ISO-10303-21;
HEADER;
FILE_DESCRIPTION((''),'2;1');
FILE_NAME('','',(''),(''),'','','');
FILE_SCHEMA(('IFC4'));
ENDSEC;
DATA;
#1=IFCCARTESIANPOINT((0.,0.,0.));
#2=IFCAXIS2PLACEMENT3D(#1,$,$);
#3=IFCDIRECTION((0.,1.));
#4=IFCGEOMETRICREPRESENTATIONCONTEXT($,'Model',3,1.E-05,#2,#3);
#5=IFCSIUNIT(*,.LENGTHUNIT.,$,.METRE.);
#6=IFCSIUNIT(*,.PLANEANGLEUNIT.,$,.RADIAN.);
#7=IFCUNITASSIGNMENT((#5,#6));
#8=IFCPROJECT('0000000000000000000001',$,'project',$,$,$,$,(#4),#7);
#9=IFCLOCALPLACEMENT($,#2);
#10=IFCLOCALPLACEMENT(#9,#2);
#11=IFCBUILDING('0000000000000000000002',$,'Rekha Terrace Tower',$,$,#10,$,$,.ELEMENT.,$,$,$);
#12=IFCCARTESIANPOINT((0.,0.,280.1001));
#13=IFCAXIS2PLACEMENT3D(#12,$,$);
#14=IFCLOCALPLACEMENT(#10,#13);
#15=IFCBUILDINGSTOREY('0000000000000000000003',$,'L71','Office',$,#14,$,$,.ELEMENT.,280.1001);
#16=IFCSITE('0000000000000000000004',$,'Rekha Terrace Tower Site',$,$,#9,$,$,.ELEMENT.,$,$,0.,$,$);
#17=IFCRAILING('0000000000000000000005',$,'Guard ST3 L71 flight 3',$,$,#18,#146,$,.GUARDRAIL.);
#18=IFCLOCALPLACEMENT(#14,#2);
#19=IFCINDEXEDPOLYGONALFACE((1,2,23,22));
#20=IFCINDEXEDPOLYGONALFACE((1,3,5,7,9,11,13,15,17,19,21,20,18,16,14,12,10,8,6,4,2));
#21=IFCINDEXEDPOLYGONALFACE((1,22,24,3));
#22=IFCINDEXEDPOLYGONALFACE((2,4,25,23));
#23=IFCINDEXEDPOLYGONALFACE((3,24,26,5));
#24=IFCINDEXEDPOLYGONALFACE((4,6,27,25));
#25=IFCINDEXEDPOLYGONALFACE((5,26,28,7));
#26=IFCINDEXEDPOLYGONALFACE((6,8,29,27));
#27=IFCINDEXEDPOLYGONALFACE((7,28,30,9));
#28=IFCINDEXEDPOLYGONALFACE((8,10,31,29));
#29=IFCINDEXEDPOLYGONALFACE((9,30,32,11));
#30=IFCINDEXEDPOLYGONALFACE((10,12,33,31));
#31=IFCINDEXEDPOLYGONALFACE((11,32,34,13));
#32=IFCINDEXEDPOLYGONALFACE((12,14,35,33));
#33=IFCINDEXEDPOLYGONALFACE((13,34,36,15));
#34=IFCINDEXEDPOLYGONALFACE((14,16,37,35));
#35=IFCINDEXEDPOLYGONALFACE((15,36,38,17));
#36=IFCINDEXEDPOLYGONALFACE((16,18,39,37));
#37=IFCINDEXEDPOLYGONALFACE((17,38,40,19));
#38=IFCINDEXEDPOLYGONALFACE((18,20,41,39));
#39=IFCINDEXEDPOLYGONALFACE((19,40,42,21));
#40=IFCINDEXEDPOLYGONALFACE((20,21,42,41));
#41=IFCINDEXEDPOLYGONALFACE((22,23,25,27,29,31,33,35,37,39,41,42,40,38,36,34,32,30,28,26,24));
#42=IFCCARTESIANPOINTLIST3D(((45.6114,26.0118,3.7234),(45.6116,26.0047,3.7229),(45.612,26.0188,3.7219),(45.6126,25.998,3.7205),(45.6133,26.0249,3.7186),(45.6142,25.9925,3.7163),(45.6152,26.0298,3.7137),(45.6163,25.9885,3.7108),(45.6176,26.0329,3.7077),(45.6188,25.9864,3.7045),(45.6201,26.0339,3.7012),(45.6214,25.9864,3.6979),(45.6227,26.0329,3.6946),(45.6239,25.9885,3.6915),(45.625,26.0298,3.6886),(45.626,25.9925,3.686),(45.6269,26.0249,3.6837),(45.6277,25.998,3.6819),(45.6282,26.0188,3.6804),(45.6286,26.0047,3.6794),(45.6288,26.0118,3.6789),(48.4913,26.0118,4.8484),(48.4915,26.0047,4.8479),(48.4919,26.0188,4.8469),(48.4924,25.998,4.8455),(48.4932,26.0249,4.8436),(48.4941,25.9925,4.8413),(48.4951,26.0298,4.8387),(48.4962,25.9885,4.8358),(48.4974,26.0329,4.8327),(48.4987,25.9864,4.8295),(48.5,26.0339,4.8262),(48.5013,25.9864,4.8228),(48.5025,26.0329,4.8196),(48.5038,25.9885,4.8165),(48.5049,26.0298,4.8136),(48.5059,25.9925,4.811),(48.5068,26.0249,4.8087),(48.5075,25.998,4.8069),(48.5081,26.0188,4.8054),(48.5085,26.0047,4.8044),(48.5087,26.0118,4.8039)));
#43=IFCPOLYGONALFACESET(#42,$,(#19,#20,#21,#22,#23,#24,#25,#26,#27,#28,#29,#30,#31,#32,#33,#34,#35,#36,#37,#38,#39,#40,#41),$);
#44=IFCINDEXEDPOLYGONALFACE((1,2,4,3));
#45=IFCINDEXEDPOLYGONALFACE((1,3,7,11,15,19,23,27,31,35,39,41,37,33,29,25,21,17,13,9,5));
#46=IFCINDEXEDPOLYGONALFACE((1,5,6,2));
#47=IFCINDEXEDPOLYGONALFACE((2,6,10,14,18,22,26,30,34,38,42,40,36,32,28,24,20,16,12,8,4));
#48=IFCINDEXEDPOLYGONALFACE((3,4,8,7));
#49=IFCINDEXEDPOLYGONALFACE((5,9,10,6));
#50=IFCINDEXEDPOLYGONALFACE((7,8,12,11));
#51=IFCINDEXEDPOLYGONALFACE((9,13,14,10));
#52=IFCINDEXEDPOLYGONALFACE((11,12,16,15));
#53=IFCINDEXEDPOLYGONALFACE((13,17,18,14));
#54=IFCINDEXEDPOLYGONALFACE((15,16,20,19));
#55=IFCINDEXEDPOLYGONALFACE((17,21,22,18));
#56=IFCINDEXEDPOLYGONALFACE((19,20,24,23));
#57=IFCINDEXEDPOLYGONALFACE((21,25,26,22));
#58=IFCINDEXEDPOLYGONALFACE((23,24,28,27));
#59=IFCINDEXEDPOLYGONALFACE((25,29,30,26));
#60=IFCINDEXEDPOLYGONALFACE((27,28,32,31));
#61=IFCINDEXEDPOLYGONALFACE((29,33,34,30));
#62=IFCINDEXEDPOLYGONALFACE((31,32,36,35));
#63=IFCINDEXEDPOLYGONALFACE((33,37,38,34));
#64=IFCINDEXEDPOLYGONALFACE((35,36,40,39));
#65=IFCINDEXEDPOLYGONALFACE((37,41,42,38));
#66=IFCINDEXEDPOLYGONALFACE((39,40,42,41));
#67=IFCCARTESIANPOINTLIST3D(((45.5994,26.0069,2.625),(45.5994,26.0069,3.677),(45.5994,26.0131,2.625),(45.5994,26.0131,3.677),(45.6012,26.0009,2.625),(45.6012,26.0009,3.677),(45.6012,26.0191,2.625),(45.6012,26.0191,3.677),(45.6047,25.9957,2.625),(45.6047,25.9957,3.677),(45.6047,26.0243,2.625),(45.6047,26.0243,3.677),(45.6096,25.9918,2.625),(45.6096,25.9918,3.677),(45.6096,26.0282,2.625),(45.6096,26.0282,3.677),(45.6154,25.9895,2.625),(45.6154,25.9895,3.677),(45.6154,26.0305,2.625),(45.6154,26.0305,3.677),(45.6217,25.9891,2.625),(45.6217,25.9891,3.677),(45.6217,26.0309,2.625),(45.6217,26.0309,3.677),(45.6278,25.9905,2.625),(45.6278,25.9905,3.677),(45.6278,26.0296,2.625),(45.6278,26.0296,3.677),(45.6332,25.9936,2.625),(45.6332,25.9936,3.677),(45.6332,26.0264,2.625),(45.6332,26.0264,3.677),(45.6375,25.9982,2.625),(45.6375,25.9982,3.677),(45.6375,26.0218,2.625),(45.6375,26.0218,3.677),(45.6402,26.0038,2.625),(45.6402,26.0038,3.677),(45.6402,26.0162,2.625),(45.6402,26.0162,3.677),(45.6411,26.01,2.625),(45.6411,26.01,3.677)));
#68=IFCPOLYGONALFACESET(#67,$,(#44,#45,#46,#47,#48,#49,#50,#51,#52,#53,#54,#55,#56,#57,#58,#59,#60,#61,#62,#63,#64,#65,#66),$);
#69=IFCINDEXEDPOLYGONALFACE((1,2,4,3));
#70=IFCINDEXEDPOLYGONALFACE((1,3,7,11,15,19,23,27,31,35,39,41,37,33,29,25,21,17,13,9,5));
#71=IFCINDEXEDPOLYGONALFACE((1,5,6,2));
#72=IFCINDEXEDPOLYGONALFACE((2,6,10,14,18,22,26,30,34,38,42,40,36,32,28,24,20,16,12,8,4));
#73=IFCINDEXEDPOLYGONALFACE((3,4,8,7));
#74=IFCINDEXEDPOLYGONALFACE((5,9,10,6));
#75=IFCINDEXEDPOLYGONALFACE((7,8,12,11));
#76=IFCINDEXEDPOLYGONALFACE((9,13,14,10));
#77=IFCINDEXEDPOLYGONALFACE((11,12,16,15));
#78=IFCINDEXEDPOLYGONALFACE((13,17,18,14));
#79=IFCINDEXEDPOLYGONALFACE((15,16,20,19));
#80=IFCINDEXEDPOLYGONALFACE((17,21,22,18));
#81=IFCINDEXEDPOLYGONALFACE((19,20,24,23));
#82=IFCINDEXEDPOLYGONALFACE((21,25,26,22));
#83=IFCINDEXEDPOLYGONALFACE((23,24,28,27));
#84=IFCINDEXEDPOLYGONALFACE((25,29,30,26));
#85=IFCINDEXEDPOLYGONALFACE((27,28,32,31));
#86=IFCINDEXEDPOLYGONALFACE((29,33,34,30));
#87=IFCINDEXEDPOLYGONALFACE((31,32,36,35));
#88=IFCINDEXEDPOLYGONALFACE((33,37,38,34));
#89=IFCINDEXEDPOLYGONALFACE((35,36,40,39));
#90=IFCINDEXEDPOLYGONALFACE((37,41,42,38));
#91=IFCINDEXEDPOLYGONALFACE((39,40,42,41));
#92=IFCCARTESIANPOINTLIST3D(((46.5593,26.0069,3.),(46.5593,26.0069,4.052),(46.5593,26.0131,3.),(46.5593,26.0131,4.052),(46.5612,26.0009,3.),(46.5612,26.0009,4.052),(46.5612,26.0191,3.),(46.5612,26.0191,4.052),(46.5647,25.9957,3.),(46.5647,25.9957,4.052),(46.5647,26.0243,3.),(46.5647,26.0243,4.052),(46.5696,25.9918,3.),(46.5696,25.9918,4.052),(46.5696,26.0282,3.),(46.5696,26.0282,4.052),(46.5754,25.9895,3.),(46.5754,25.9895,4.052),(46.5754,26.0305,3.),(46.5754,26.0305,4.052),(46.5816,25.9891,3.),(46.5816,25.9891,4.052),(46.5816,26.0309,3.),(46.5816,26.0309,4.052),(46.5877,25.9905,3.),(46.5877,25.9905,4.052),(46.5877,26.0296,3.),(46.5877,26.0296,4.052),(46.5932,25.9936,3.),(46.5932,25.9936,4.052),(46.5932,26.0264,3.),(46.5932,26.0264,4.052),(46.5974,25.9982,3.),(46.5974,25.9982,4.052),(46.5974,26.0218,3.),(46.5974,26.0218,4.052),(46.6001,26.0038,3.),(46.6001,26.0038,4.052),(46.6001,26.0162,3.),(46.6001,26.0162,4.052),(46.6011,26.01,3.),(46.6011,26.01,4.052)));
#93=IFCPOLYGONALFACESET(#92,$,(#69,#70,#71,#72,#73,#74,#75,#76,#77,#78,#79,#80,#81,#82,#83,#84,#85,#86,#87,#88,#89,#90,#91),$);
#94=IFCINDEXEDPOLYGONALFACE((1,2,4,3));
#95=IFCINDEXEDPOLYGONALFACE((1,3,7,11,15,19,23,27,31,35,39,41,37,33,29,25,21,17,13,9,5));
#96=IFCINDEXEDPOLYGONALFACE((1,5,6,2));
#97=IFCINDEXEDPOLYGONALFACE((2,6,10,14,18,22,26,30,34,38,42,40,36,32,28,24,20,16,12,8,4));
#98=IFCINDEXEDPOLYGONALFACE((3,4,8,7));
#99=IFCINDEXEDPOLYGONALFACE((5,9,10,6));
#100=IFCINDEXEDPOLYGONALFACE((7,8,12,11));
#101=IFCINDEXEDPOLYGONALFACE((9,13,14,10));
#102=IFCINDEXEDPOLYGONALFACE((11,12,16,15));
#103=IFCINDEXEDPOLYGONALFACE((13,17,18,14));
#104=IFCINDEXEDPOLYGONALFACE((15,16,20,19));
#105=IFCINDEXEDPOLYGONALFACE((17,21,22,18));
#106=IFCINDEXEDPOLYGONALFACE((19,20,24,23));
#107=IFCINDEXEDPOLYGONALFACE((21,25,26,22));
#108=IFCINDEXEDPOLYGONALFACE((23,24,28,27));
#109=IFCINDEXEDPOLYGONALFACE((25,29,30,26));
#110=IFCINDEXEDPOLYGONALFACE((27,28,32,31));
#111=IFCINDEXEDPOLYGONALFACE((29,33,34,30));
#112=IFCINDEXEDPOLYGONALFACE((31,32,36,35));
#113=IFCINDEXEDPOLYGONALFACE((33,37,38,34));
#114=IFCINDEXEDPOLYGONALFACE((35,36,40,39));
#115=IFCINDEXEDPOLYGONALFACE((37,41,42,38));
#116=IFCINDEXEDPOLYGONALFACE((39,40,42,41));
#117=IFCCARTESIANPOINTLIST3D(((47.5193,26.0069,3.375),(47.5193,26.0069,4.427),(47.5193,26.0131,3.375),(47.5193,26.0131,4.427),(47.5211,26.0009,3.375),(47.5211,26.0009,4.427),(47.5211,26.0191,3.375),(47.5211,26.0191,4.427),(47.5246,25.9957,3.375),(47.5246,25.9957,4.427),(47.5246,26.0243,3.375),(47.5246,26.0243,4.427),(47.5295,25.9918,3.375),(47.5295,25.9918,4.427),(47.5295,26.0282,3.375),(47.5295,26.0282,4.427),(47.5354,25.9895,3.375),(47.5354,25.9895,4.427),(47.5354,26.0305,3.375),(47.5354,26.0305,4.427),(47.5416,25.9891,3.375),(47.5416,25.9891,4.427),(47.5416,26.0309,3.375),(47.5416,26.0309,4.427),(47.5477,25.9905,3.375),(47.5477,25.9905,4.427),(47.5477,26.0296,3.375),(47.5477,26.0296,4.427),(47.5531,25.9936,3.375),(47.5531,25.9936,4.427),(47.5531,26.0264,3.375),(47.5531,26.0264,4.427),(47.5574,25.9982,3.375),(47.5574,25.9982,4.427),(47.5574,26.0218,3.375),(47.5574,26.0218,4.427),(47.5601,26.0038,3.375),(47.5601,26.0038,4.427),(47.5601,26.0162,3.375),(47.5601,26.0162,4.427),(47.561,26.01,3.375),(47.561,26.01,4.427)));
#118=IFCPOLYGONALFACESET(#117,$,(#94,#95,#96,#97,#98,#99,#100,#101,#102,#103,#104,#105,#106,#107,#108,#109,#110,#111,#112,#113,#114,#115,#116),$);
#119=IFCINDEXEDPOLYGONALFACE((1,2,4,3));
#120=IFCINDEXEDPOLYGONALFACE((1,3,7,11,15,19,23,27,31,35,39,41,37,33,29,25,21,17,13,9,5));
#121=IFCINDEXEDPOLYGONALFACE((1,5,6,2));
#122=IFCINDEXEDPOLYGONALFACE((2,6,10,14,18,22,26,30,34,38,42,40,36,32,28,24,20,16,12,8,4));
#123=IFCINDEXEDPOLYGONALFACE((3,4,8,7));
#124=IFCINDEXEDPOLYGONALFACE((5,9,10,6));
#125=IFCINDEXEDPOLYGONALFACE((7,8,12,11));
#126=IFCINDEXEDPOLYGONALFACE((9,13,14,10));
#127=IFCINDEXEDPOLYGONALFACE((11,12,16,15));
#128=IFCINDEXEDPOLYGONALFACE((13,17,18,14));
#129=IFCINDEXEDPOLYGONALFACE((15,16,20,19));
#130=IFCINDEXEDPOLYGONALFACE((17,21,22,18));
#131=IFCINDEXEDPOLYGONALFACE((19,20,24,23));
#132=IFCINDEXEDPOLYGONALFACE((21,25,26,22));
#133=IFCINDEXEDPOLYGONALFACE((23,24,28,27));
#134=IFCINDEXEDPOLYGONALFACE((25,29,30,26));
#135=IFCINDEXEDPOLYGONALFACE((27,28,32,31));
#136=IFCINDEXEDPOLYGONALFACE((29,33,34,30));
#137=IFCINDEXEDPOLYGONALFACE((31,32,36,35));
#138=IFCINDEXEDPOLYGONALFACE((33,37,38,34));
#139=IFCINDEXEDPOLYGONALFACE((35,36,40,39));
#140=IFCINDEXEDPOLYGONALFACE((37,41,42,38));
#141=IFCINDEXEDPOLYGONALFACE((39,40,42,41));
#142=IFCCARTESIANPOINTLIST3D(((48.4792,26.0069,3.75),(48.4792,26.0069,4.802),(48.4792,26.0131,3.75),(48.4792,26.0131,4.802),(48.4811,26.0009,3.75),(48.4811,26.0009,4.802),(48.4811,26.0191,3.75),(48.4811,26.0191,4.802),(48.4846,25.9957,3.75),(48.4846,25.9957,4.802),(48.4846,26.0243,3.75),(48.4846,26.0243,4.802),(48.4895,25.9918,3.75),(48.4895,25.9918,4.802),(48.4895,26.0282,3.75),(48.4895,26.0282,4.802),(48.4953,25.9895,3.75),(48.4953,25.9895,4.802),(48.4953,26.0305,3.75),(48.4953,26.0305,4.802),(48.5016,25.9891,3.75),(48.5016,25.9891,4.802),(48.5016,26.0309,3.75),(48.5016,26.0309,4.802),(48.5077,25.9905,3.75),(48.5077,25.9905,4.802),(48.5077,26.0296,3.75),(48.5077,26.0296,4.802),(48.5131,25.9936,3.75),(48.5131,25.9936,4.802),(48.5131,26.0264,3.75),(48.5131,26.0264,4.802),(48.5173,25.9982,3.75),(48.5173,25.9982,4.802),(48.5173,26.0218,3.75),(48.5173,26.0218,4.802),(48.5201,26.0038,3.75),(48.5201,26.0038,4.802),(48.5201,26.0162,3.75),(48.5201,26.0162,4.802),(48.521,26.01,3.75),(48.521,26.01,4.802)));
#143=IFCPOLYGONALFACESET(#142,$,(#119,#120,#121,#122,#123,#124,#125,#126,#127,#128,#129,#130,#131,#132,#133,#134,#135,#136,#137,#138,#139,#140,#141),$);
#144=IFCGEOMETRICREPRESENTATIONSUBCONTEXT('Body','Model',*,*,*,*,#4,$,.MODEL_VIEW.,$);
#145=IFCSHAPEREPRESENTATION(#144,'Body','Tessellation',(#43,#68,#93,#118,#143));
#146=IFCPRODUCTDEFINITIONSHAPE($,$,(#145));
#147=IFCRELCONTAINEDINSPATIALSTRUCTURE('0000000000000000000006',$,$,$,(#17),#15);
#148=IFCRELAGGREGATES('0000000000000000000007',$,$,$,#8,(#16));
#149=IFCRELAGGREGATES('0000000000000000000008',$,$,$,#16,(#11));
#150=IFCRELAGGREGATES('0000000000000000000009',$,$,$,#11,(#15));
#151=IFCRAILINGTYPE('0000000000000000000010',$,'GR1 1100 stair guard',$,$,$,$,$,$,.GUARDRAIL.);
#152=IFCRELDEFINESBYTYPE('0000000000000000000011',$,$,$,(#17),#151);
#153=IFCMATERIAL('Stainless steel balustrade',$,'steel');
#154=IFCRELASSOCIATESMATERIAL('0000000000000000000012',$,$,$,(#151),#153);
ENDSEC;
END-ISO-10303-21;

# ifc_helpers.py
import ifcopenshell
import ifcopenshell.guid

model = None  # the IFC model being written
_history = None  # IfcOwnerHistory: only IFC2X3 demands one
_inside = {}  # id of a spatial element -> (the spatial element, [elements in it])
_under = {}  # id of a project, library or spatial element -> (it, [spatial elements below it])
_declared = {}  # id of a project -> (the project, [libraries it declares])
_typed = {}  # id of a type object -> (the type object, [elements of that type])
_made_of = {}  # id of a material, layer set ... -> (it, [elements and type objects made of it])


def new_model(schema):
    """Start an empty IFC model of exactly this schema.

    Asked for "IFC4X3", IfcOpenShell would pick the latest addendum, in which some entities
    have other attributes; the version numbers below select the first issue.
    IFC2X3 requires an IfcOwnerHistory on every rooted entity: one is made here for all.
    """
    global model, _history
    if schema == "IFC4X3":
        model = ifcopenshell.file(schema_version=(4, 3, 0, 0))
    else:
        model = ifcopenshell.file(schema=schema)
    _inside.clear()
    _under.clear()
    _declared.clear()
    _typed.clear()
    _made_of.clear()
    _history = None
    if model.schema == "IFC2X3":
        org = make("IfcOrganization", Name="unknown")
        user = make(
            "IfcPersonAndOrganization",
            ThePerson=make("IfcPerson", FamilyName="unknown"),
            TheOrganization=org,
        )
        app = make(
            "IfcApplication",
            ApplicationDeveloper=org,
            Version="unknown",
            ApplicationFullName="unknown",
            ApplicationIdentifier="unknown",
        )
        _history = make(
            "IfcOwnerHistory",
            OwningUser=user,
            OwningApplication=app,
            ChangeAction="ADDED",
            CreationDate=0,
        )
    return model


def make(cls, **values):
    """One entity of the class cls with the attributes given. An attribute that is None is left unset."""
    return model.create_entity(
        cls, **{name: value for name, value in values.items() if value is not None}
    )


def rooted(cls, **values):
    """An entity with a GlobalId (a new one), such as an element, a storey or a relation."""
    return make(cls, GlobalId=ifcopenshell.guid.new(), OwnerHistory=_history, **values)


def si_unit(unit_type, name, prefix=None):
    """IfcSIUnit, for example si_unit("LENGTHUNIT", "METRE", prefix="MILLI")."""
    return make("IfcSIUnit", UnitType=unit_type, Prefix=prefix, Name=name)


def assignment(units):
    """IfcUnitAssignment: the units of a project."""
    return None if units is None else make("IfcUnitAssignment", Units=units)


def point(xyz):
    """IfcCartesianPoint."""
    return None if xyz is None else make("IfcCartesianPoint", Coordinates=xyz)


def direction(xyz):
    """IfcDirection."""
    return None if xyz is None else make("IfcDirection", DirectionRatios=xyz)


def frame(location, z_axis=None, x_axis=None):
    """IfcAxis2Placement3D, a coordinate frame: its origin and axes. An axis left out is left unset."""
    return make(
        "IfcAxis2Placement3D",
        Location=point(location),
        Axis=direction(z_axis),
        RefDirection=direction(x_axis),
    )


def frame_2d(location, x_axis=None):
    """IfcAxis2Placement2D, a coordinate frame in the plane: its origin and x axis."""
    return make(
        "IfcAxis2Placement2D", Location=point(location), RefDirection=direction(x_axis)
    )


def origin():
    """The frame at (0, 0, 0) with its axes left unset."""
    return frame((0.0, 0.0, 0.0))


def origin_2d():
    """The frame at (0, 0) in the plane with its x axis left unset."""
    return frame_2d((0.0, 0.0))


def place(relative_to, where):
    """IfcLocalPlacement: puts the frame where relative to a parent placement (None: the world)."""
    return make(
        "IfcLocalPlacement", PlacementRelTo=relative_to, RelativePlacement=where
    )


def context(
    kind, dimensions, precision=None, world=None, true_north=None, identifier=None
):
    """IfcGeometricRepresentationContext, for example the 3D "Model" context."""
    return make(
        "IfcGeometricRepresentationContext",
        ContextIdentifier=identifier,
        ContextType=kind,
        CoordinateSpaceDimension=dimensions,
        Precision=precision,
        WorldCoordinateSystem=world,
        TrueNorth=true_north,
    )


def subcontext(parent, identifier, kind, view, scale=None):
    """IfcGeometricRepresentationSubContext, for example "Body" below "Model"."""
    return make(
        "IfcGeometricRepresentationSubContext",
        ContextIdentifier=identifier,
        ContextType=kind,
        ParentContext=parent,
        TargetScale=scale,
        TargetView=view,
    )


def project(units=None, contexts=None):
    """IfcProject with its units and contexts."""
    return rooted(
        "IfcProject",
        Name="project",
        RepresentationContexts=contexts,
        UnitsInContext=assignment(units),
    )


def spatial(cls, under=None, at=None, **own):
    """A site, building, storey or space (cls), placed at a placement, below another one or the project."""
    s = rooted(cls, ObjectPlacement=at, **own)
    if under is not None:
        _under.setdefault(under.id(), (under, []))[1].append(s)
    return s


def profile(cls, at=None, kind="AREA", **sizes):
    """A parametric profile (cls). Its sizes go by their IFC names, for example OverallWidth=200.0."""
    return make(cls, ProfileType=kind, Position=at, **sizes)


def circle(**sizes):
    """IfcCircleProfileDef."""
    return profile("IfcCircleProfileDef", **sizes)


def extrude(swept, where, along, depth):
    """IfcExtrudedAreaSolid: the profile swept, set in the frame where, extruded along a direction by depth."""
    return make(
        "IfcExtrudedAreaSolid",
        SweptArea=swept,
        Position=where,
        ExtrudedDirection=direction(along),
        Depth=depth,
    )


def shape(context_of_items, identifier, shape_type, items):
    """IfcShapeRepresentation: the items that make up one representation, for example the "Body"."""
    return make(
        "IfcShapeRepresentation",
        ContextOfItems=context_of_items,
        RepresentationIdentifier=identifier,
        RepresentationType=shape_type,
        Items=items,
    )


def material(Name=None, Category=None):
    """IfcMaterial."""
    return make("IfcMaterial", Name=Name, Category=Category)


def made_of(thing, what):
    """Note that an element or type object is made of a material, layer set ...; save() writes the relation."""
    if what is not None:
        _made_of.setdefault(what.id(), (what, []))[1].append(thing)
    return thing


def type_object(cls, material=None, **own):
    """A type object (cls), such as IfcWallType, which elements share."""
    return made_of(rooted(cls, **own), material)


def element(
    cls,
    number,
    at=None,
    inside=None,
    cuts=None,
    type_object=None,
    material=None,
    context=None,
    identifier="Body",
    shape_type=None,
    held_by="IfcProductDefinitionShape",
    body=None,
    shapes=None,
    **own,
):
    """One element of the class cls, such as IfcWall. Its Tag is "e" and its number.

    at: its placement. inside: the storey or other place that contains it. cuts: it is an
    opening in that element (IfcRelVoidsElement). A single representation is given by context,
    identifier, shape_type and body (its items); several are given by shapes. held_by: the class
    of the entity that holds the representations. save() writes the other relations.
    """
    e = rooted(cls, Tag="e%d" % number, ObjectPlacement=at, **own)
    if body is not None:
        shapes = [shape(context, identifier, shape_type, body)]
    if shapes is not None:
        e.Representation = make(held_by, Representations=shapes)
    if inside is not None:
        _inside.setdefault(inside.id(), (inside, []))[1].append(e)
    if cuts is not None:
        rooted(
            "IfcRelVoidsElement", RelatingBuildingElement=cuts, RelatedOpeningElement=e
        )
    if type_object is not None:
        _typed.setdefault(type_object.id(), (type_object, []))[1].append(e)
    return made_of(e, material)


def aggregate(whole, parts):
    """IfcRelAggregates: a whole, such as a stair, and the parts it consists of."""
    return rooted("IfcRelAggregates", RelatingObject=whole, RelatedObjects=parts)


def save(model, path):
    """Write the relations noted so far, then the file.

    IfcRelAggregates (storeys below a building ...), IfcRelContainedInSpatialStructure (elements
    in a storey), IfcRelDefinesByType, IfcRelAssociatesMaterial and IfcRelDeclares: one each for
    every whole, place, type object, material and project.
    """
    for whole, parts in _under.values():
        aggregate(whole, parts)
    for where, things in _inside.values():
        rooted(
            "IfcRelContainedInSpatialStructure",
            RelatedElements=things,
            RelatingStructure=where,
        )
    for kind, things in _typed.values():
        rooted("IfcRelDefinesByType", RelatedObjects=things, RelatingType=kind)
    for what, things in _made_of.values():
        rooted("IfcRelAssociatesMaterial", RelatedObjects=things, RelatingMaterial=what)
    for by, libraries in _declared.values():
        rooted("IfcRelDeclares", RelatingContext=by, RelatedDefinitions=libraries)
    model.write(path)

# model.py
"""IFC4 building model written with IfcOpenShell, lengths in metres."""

from ifc_helpers import new_model, si_unit, direction, frame, origin, origin_2d, place, context, subcontext, project, spatial, circle, extrude, material, type_object, element, save


model = new_model("IFC4")

# Units and contexts
model_context = context("Model", 3, precision=1e-05, world=origin(), true_north=direction((0.0, 1.0)))
body_context = subcontext(model_context, "Body", "Model", "MODEL_VIEW")
ifc_project = project(units=[si_unit("LENGTHUNIT", "METRE"), si_unit("PLANEANGLEUNIT", "RADIAN")], contexts=[model_context])

# Site, building, storey
site_placement = place(None, origin())
site = spatial("IfcSite", under=ifc_project, at=site_placement, Name="Rekha Terrace Tower Site", CompositionType="ELEMENT", RefElevation=0.0)
building_placement = place(site_placement, origin())
building = spatial("IfcBuilding", under=site, at=building_placement, Name="Rekha Terrace Tower", CompositionType="ELEMENT")
storey_placement = place(building_placement, frame((0.0, 0.0, 280.1001)))
storey = spatial("IfcBuildingStorey", under=building, at=storey_placement, Name="L71", Description="Office", CompositionType="ELEMENT", Elevation=280.1001)

# Railing
ifc_material_1 = material(Name="Stainless steel balustrade", Category="steel")
railing_type_1 = type_object("IfcRailingType", Name="GR1 1100 stair guard", PredefinedType="GUARDRAIL", material=ifc_material_1)
railing_1_placement = place(storey_placement, frame((45.6201, 26.01, 2.625)))
element("IfcRailing", 1, at=railing_1_placement, inside=storey, type_object=railing_type_1, Name="Guard ST3 L71 flight 3", PredefinedType="GUARDRAIL", context=body_context, shape_type="SweptSolid", body=[
    extrude(circle(Radius=0.0239, at=origin_2d()), frame((0.0, 0.0, 1.0762), z_axis=(0.931452, 0.0, 0.363863), x_axis=(0.0, 1.0, 0.0)), (0.0, 0.0, 1.0), 3.0918),
    extrude(circle(Radius=0.021, at=origin_2d()), origin(), (0.0, 0.0, 1.0), 1.052),
    extrude(circle(Radius=0.021, at=origin_2d()), frame((0.96, 0.0, 0.375)), (0.0, 0.0, 1.0), 1.052),
    extrude(circle(Radius=0.021, at=origin_2d()), frame((1.9199, 0.0, 0.75)), (0.0, 0.0, 1.0), 1.052),
    extrude(circle(Radius=0.021, at=origin_2d()), frame((2.8799, 0.0, 1.125)), (0.0, 0.0, 1.0), 1.052),
])

save(model, "model.ifc")
